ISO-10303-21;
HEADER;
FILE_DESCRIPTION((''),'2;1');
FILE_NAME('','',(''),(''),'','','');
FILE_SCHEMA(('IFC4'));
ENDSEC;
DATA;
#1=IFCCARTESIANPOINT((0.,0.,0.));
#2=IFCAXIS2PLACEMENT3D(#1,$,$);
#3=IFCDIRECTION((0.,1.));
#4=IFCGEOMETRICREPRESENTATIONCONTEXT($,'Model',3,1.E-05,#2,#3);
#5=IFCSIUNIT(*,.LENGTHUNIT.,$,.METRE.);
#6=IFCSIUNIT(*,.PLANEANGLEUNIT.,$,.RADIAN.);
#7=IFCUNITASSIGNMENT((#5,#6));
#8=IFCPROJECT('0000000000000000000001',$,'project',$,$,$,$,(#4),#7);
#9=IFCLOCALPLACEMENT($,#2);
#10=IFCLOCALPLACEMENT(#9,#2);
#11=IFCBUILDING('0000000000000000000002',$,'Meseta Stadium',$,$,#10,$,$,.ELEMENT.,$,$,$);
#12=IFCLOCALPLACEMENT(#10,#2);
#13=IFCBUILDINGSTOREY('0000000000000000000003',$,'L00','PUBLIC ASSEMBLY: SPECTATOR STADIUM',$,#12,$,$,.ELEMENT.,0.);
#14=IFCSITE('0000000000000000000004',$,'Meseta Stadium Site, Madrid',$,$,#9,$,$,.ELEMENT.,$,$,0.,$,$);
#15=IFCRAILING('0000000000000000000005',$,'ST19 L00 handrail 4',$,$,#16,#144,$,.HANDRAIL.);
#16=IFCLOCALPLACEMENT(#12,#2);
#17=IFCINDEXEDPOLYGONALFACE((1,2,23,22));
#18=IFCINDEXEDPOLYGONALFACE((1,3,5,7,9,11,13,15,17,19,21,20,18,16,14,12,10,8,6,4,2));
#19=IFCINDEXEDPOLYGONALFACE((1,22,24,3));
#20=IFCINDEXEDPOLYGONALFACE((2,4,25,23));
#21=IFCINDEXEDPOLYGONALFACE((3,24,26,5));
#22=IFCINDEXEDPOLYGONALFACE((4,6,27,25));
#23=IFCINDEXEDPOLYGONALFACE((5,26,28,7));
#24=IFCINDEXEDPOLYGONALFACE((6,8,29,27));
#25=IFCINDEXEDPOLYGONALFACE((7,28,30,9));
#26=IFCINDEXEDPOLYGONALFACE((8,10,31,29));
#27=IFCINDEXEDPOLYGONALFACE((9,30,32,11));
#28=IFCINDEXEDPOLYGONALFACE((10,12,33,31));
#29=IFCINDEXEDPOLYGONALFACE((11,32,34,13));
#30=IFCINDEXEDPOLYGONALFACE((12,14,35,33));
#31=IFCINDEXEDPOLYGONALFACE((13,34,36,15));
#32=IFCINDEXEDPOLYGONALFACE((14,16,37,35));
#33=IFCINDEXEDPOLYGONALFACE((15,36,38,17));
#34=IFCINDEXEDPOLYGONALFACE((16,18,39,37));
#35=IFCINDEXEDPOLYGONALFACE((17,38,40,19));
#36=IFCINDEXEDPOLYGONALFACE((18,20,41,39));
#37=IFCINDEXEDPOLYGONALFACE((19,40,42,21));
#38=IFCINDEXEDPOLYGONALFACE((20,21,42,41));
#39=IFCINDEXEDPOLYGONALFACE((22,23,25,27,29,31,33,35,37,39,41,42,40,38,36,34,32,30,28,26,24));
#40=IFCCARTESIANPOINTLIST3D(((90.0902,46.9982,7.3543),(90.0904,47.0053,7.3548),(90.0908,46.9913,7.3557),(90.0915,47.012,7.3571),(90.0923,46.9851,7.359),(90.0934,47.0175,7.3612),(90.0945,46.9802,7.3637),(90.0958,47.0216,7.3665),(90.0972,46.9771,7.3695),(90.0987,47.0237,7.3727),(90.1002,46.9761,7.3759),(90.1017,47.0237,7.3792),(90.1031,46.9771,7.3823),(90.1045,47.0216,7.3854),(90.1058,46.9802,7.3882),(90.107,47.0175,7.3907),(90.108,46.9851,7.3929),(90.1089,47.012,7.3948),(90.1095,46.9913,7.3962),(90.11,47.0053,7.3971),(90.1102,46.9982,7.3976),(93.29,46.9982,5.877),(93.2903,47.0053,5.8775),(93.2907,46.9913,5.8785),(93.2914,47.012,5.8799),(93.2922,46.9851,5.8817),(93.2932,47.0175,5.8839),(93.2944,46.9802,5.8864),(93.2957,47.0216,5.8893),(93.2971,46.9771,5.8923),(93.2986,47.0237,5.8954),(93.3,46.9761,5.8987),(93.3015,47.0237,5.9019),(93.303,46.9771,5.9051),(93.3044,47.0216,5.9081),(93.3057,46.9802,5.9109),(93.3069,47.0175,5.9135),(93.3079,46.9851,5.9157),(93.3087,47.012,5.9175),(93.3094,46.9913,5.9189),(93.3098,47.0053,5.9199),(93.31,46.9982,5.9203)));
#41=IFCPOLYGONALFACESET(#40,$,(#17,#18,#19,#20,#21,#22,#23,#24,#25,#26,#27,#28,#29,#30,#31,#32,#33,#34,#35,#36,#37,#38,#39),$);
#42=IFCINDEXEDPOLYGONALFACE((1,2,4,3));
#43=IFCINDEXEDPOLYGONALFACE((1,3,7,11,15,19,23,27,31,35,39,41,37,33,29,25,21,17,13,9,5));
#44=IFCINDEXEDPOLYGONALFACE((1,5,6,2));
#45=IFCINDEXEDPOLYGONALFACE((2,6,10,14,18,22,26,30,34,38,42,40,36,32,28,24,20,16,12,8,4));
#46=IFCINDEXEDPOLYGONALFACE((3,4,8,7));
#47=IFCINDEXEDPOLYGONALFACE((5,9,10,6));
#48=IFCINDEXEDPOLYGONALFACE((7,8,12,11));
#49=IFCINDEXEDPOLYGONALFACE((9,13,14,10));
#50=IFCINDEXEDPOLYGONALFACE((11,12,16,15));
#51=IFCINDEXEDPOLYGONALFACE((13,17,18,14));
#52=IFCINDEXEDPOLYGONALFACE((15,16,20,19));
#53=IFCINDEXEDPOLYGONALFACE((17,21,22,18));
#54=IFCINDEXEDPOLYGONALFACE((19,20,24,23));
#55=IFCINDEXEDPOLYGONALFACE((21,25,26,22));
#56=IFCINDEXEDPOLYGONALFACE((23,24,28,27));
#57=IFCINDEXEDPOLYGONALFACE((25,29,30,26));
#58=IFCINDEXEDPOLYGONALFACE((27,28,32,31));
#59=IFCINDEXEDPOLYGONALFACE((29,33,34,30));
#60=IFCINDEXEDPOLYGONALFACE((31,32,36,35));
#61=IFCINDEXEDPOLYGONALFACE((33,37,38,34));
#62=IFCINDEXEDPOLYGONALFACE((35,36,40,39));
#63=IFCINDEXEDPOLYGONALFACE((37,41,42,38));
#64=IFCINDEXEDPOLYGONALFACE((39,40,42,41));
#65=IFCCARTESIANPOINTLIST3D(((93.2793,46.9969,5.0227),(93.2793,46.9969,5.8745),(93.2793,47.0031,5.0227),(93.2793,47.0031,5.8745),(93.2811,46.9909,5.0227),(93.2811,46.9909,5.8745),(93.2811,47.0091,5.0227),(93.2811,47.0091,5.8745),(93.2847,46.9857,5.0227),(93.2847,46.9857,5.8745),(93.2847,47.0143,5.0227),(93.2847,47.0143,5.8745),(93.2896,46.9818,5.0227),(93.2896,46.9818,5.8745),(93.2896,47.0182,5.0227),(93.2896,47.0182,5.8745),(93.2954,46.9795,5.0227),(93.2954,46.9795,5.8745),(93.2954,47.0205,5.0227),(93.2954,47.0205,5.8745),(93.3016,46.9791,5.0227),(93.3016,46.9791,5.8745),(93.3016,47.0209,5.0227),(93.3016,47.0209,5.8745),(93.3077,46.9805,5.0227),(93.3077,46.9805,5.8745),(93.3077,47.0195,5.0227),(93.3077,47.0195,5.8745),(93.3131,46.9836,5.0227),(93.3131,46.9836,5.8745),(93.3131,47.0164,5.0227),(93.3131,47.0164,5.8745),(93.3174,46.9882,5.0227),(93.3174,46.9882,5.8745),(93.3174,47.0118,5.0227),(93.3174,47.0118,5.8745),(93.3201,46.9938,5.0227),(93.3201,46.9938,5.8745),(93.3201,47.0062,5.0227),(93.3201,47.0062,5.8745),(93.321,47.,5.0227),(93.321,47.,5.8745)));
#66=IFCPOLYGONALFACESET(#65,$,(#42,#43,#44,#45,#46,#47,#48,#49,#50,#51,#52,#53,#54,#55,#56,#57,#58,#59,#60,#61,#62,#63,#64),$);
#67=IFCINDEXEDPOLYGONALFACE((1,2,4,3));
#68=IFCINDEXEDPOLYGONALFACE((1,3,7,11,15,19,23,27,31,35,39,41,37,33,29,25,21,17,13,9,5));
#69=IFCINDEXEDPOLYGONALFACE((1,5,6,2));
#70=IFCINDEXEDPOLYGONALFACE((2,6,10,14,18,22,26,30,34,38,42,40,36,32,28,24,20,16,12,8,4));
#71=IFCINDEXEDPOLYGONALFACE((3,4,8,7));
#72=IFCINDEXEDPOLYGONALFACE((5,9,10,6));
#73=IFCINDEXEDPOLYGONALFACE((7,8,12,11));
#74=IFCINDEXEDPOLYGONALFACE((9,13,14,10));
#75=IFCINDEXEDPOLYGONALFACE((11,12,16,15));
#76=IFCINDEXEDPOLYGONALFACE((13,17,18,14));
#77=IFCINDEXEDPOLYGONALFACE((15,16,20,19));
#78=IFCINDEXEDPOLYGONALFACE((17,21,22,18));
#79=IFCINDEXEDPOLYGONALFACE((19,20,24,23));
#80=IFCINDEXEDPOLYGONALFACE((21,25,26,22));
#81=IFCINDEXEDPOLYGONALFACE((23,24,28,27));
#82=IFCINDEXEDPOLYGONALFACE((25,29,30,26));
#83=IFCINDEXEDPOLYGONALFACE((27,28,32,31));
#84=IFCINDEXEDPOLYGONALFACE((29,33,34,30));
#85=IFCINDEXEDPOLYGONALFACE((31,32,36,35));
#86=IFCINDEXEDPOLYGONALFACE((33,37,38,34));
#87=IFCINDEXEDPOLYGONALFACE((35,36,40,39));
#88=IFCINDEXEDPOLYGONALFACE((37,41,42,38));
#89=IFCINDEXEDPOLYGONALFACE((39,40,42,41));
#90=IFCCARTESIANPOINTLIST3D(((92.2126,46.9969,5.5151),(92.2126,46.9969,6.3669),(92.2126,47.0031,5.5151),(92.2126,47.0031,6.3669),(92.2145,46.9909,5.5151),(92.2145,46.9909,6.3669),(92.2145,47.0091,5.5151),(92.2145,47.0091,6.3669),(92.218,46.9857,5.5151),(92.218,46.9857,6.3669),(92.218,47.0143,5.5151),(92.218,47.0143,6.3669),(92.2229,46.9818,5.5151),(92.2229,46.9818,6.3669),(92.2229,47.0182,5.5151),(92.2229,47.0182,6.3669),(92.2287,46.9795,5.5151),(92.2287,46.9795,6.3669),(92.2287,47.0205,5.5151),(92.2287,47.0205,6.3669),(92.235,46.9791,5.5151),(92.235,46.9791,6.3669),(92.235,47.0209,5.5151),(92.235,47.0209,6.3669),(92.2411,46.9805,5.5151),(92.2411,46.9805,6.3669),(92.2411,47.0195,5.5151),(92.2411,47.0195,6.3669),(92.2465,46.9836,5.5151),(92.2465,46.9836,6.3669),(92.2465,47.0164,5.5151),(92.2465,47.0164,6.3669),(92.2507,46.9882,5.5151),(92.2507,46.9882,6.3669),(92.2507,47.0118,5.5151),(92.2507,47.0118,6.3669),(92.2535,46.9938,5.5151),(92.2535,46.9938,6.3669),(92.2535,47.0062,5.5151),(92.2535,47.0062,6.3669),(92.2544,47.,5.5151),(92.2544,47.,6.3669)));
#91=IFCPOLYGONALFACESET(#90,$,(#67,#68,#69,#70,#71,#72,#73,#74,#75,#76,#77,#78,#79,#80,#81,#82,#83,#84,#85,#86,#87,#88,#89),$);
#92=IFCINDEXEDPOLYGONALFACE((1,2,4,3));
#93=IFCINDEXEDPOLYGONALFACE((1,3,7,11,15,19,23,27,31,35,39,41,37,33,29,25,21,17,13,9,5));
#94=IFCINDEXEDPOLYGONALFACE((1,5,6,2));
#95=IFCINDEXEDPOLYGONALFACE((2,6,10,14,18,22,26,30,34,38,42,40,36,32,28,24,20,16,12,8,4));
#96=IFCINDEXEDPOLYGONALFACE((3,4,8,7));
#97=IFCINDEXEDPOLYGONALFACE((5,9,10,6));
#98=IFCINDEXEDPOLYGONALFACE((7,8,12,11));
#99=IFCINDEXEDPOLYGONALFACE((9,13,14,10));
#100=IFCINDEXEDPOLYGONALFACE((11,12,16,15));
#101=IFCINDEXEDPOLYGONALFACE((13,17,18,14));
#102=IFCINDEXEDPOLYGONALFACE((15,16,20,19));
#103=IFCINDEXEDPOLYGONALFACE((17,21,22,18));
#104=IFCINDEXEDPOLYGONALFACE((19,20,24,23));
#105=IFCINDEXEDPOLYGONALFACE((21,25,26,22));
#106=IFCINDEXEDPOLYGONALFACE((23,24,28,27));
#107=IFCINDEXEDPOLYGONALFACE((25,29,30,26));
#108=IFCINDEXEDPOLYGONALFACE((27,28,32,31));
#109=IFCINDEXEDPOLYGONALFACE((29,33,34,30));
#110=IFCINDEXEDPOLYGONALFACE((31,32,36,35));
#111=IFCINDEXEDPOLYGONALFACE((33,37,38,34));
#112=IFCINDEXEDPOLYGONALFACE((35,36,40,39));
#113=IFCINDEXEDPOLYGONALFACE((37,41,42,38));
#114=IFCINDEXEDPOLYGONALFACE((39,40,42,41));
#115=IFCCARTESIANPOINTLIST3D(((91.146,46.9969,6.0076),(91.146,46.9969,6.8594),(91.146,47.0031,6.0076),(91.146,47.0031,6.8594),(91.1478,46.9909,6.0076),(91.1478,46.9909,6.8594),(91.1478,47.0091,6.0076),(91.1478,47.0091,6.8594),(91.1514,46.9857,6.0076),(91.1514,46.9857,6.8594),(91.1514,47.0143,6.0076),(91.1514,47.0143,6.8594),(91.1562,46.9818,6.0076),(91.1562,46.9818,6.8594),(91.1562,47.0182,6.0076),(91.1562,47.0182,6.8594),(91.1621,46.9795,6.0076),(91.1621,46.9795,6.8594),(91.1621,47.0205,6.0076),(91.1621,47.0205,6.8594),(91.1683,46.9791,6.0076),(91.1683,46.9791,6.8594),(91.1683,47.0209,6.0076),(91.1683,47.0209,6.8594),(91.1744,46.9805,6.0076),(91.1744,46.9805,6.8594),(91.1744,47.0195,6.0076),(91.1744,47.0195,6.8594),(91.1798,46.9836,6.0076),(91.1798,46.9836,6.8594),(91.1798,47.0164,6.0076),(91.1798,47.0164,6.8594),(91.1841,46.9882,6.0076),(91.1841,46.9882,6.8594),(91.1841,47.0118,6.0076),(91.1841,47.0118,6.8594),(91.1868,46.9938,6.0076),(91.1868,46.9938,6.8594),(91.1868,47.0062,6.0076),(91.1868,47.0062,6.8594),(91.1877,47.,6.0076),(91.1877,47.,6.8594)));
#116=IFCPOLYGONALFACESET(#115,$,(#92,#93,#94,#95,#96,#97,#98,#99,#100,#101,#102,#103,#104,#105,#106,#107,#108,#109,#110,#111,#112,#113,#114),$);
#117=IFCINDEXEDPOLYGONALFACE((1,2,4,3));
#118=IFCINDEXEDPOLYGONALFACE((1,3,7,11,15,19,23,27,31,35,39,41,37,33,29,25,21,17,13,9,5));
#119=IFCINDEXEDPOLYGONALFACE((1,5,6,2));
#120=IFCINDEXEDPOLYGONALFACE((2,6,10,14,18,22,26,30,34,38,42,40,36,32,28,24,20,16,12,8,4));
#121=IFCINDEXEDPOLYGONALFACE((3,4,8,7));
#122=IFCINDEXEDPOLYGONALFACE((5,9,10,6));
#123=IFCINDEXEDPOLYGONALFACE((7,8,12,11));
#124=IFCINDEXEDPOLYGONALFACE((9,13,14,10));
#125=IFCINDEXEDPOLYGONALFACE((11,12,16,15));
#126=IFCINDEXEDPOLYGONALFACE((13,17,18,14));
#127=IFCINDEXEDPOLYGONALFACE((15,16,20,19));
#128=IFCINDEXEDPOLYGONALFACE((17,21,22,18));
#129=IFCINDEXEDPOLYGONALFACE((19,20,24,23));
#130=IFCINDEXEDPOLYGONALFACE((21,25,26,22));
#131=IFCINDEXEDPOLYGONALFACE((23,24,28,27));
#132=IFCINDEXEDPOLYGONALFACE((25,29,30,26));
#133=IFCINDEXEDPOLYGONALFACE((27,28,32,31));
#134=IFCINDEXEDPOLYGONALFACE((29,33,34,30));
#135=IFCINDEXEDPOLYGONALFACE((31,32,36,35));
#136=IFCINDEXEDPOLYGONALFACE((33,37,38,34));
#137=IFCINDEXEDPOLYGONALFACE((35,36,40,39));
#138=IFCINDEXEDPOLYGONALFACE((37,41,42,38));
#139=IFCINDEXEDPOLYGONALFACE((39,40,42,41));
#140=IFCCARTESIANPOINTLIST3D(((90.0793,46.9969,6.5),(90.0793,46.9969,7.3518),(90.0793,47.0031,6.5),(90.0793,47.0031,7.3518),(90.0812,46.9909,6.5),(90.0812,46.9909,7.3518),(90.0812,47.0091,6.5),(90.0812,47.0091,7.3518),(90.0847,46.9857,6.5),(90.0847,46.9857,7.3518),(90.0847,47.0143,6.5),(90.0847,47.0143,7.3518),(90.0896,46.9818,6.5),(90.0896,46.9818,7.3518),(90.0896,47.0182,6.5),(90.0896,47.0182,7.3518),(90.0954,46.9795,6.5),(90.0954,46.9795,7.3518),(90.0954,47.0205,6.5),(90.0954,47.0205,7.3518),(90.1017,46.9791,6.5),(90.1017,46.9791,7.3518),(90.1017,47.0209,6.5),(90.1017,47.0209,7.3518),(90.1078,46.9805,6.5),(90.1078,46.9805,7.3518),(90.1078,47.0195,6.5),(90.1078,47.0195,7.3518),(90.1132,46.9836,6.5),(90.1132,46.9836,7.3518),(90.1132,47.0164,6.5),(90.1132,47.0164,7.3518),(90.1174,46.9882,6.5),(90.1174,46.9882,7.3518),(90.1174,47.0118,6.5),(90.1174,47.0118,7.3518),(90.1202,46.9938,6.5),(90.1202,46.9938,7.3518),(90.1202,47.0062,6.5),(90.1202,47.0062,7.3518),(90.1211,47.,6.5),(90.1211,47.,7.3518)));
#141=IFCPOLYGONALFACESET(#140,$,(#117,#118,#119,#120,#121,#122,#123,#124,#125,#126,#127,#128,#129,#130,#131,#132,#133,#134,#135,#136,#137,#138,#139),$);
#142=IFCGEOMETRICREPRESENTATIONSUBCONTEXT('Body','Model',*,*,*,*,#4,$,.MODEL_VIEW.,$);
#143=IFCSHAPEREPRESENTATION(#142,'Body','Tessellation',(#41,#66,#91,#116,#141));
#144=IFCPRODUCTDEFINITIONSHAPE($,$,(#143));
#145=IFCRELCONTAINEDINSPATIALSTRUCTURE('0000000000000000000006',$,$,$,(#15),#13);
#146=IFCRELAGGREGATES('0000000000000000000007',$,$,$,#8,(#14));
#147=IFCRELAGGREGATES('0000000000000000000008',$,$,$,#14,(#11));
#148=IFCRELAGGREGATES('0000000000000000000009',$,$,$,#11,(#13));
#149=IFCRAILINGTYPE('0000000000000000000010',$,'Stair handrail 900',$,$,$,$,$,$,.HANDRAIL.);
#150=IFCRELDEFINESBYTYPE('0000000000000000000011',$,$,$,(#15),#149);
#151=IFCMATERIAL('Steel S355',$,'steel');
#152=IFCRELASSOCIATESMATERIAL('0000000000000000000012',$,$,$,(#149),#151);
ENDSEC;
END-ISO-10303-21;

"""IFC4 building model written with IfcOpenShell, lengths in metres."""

from ifc_helpers import new_model, si_unit, direction, frame, origin, origin_2d, place, context, subcontext, project, spatial, circle, extrude, material, type_object, element, save


model = new_model("IFC4")

# Units and contexts
model_context = context("Model", 3, precision=1e-05, world=origin(), true_north=direction((0.0, 1.0)))
body_context = subcontext(model_context, "Body", "Model", "MODEL_VIEW")
ifc_project = project(units=[si_unit("LENGTHUNIT", "METRE"), si_unit("PLANEANGLEUNIT", "RADIAN")], contexts=[model_context])

# Site, building, storey
site_placement = place(None, origin())
site = spatial("IfcSite", under=ifc_project, at=site_placement, Name="Meseta Stadium Site, Madrid", CompositionType="ELEMENT", RefElevation=0.0)
building_placement = place(site_placement, origin())
building = spatial("IfcBuilding", under=site, at=building_placement, Name="Meseta Stadium", CompositionType="ELEMENT")
storey_placement = place(building_placement, origin())
storey = spatial("IfcBuildingStorey", under=building, at=storey_placement, Name="L00", Description="PUBLIC ASSEMBLY: SPECTATOR STADIUM", CompositionType="ELEMENT", Elevation=0.0)

# Railing
ifc_material_1 = material(Name="Steel S355", Category="steel")
railing_type_1 = type_object("IfcRailingType", Name="Stair handrail 900", PredefinedType="HANDRAIL", material=ifc_material_1)
railing_1_placement = place(storey_placement, frame((93.3, 47.0, 5.0227)))
element("IfcRailing", 1, at=railing_1_placement, inside=storey, type_object=railing_type_1, Name="ST19 L00 handrail 4", PredefinedType="HANDRAIL", context=body_context, shape_type="SweptSolid", body=[
    extrude(circle(Radius=0.0239, at=origin_2d()), frame((0.0, 0.0, 0.876), z_axis=(-0.907917, 0.0, 0.41915), x_axis=(0.0, -1.0, 0.0)), (0.0, 0.0, 1.0), 3.5244),
    extrude(circle(Radius=0.021, at=origin_2d()), origin(), (0.0, 0.0, 1.0), 0.8518),
    extrude(circle(Radius=0.021, at=origin_2d()), frame((-1.0667, 0.0, 0.4924)), (0.0, 0.0, 1.0), 0.8518),
    extrude(circle(Radius=0.021, at=origin_2d()), frame((-2.1333, 0.0, 0.9849)), (0.0, 0.0, 1.0), 0.8518),
    extrude(circle(Radius=0.021, at=origin_2d()), frame((-3.2, 0.0, 1.4773)), (0.0, 0.0, 1.0), 0.8518),
])

save(model, "model.ifc")
